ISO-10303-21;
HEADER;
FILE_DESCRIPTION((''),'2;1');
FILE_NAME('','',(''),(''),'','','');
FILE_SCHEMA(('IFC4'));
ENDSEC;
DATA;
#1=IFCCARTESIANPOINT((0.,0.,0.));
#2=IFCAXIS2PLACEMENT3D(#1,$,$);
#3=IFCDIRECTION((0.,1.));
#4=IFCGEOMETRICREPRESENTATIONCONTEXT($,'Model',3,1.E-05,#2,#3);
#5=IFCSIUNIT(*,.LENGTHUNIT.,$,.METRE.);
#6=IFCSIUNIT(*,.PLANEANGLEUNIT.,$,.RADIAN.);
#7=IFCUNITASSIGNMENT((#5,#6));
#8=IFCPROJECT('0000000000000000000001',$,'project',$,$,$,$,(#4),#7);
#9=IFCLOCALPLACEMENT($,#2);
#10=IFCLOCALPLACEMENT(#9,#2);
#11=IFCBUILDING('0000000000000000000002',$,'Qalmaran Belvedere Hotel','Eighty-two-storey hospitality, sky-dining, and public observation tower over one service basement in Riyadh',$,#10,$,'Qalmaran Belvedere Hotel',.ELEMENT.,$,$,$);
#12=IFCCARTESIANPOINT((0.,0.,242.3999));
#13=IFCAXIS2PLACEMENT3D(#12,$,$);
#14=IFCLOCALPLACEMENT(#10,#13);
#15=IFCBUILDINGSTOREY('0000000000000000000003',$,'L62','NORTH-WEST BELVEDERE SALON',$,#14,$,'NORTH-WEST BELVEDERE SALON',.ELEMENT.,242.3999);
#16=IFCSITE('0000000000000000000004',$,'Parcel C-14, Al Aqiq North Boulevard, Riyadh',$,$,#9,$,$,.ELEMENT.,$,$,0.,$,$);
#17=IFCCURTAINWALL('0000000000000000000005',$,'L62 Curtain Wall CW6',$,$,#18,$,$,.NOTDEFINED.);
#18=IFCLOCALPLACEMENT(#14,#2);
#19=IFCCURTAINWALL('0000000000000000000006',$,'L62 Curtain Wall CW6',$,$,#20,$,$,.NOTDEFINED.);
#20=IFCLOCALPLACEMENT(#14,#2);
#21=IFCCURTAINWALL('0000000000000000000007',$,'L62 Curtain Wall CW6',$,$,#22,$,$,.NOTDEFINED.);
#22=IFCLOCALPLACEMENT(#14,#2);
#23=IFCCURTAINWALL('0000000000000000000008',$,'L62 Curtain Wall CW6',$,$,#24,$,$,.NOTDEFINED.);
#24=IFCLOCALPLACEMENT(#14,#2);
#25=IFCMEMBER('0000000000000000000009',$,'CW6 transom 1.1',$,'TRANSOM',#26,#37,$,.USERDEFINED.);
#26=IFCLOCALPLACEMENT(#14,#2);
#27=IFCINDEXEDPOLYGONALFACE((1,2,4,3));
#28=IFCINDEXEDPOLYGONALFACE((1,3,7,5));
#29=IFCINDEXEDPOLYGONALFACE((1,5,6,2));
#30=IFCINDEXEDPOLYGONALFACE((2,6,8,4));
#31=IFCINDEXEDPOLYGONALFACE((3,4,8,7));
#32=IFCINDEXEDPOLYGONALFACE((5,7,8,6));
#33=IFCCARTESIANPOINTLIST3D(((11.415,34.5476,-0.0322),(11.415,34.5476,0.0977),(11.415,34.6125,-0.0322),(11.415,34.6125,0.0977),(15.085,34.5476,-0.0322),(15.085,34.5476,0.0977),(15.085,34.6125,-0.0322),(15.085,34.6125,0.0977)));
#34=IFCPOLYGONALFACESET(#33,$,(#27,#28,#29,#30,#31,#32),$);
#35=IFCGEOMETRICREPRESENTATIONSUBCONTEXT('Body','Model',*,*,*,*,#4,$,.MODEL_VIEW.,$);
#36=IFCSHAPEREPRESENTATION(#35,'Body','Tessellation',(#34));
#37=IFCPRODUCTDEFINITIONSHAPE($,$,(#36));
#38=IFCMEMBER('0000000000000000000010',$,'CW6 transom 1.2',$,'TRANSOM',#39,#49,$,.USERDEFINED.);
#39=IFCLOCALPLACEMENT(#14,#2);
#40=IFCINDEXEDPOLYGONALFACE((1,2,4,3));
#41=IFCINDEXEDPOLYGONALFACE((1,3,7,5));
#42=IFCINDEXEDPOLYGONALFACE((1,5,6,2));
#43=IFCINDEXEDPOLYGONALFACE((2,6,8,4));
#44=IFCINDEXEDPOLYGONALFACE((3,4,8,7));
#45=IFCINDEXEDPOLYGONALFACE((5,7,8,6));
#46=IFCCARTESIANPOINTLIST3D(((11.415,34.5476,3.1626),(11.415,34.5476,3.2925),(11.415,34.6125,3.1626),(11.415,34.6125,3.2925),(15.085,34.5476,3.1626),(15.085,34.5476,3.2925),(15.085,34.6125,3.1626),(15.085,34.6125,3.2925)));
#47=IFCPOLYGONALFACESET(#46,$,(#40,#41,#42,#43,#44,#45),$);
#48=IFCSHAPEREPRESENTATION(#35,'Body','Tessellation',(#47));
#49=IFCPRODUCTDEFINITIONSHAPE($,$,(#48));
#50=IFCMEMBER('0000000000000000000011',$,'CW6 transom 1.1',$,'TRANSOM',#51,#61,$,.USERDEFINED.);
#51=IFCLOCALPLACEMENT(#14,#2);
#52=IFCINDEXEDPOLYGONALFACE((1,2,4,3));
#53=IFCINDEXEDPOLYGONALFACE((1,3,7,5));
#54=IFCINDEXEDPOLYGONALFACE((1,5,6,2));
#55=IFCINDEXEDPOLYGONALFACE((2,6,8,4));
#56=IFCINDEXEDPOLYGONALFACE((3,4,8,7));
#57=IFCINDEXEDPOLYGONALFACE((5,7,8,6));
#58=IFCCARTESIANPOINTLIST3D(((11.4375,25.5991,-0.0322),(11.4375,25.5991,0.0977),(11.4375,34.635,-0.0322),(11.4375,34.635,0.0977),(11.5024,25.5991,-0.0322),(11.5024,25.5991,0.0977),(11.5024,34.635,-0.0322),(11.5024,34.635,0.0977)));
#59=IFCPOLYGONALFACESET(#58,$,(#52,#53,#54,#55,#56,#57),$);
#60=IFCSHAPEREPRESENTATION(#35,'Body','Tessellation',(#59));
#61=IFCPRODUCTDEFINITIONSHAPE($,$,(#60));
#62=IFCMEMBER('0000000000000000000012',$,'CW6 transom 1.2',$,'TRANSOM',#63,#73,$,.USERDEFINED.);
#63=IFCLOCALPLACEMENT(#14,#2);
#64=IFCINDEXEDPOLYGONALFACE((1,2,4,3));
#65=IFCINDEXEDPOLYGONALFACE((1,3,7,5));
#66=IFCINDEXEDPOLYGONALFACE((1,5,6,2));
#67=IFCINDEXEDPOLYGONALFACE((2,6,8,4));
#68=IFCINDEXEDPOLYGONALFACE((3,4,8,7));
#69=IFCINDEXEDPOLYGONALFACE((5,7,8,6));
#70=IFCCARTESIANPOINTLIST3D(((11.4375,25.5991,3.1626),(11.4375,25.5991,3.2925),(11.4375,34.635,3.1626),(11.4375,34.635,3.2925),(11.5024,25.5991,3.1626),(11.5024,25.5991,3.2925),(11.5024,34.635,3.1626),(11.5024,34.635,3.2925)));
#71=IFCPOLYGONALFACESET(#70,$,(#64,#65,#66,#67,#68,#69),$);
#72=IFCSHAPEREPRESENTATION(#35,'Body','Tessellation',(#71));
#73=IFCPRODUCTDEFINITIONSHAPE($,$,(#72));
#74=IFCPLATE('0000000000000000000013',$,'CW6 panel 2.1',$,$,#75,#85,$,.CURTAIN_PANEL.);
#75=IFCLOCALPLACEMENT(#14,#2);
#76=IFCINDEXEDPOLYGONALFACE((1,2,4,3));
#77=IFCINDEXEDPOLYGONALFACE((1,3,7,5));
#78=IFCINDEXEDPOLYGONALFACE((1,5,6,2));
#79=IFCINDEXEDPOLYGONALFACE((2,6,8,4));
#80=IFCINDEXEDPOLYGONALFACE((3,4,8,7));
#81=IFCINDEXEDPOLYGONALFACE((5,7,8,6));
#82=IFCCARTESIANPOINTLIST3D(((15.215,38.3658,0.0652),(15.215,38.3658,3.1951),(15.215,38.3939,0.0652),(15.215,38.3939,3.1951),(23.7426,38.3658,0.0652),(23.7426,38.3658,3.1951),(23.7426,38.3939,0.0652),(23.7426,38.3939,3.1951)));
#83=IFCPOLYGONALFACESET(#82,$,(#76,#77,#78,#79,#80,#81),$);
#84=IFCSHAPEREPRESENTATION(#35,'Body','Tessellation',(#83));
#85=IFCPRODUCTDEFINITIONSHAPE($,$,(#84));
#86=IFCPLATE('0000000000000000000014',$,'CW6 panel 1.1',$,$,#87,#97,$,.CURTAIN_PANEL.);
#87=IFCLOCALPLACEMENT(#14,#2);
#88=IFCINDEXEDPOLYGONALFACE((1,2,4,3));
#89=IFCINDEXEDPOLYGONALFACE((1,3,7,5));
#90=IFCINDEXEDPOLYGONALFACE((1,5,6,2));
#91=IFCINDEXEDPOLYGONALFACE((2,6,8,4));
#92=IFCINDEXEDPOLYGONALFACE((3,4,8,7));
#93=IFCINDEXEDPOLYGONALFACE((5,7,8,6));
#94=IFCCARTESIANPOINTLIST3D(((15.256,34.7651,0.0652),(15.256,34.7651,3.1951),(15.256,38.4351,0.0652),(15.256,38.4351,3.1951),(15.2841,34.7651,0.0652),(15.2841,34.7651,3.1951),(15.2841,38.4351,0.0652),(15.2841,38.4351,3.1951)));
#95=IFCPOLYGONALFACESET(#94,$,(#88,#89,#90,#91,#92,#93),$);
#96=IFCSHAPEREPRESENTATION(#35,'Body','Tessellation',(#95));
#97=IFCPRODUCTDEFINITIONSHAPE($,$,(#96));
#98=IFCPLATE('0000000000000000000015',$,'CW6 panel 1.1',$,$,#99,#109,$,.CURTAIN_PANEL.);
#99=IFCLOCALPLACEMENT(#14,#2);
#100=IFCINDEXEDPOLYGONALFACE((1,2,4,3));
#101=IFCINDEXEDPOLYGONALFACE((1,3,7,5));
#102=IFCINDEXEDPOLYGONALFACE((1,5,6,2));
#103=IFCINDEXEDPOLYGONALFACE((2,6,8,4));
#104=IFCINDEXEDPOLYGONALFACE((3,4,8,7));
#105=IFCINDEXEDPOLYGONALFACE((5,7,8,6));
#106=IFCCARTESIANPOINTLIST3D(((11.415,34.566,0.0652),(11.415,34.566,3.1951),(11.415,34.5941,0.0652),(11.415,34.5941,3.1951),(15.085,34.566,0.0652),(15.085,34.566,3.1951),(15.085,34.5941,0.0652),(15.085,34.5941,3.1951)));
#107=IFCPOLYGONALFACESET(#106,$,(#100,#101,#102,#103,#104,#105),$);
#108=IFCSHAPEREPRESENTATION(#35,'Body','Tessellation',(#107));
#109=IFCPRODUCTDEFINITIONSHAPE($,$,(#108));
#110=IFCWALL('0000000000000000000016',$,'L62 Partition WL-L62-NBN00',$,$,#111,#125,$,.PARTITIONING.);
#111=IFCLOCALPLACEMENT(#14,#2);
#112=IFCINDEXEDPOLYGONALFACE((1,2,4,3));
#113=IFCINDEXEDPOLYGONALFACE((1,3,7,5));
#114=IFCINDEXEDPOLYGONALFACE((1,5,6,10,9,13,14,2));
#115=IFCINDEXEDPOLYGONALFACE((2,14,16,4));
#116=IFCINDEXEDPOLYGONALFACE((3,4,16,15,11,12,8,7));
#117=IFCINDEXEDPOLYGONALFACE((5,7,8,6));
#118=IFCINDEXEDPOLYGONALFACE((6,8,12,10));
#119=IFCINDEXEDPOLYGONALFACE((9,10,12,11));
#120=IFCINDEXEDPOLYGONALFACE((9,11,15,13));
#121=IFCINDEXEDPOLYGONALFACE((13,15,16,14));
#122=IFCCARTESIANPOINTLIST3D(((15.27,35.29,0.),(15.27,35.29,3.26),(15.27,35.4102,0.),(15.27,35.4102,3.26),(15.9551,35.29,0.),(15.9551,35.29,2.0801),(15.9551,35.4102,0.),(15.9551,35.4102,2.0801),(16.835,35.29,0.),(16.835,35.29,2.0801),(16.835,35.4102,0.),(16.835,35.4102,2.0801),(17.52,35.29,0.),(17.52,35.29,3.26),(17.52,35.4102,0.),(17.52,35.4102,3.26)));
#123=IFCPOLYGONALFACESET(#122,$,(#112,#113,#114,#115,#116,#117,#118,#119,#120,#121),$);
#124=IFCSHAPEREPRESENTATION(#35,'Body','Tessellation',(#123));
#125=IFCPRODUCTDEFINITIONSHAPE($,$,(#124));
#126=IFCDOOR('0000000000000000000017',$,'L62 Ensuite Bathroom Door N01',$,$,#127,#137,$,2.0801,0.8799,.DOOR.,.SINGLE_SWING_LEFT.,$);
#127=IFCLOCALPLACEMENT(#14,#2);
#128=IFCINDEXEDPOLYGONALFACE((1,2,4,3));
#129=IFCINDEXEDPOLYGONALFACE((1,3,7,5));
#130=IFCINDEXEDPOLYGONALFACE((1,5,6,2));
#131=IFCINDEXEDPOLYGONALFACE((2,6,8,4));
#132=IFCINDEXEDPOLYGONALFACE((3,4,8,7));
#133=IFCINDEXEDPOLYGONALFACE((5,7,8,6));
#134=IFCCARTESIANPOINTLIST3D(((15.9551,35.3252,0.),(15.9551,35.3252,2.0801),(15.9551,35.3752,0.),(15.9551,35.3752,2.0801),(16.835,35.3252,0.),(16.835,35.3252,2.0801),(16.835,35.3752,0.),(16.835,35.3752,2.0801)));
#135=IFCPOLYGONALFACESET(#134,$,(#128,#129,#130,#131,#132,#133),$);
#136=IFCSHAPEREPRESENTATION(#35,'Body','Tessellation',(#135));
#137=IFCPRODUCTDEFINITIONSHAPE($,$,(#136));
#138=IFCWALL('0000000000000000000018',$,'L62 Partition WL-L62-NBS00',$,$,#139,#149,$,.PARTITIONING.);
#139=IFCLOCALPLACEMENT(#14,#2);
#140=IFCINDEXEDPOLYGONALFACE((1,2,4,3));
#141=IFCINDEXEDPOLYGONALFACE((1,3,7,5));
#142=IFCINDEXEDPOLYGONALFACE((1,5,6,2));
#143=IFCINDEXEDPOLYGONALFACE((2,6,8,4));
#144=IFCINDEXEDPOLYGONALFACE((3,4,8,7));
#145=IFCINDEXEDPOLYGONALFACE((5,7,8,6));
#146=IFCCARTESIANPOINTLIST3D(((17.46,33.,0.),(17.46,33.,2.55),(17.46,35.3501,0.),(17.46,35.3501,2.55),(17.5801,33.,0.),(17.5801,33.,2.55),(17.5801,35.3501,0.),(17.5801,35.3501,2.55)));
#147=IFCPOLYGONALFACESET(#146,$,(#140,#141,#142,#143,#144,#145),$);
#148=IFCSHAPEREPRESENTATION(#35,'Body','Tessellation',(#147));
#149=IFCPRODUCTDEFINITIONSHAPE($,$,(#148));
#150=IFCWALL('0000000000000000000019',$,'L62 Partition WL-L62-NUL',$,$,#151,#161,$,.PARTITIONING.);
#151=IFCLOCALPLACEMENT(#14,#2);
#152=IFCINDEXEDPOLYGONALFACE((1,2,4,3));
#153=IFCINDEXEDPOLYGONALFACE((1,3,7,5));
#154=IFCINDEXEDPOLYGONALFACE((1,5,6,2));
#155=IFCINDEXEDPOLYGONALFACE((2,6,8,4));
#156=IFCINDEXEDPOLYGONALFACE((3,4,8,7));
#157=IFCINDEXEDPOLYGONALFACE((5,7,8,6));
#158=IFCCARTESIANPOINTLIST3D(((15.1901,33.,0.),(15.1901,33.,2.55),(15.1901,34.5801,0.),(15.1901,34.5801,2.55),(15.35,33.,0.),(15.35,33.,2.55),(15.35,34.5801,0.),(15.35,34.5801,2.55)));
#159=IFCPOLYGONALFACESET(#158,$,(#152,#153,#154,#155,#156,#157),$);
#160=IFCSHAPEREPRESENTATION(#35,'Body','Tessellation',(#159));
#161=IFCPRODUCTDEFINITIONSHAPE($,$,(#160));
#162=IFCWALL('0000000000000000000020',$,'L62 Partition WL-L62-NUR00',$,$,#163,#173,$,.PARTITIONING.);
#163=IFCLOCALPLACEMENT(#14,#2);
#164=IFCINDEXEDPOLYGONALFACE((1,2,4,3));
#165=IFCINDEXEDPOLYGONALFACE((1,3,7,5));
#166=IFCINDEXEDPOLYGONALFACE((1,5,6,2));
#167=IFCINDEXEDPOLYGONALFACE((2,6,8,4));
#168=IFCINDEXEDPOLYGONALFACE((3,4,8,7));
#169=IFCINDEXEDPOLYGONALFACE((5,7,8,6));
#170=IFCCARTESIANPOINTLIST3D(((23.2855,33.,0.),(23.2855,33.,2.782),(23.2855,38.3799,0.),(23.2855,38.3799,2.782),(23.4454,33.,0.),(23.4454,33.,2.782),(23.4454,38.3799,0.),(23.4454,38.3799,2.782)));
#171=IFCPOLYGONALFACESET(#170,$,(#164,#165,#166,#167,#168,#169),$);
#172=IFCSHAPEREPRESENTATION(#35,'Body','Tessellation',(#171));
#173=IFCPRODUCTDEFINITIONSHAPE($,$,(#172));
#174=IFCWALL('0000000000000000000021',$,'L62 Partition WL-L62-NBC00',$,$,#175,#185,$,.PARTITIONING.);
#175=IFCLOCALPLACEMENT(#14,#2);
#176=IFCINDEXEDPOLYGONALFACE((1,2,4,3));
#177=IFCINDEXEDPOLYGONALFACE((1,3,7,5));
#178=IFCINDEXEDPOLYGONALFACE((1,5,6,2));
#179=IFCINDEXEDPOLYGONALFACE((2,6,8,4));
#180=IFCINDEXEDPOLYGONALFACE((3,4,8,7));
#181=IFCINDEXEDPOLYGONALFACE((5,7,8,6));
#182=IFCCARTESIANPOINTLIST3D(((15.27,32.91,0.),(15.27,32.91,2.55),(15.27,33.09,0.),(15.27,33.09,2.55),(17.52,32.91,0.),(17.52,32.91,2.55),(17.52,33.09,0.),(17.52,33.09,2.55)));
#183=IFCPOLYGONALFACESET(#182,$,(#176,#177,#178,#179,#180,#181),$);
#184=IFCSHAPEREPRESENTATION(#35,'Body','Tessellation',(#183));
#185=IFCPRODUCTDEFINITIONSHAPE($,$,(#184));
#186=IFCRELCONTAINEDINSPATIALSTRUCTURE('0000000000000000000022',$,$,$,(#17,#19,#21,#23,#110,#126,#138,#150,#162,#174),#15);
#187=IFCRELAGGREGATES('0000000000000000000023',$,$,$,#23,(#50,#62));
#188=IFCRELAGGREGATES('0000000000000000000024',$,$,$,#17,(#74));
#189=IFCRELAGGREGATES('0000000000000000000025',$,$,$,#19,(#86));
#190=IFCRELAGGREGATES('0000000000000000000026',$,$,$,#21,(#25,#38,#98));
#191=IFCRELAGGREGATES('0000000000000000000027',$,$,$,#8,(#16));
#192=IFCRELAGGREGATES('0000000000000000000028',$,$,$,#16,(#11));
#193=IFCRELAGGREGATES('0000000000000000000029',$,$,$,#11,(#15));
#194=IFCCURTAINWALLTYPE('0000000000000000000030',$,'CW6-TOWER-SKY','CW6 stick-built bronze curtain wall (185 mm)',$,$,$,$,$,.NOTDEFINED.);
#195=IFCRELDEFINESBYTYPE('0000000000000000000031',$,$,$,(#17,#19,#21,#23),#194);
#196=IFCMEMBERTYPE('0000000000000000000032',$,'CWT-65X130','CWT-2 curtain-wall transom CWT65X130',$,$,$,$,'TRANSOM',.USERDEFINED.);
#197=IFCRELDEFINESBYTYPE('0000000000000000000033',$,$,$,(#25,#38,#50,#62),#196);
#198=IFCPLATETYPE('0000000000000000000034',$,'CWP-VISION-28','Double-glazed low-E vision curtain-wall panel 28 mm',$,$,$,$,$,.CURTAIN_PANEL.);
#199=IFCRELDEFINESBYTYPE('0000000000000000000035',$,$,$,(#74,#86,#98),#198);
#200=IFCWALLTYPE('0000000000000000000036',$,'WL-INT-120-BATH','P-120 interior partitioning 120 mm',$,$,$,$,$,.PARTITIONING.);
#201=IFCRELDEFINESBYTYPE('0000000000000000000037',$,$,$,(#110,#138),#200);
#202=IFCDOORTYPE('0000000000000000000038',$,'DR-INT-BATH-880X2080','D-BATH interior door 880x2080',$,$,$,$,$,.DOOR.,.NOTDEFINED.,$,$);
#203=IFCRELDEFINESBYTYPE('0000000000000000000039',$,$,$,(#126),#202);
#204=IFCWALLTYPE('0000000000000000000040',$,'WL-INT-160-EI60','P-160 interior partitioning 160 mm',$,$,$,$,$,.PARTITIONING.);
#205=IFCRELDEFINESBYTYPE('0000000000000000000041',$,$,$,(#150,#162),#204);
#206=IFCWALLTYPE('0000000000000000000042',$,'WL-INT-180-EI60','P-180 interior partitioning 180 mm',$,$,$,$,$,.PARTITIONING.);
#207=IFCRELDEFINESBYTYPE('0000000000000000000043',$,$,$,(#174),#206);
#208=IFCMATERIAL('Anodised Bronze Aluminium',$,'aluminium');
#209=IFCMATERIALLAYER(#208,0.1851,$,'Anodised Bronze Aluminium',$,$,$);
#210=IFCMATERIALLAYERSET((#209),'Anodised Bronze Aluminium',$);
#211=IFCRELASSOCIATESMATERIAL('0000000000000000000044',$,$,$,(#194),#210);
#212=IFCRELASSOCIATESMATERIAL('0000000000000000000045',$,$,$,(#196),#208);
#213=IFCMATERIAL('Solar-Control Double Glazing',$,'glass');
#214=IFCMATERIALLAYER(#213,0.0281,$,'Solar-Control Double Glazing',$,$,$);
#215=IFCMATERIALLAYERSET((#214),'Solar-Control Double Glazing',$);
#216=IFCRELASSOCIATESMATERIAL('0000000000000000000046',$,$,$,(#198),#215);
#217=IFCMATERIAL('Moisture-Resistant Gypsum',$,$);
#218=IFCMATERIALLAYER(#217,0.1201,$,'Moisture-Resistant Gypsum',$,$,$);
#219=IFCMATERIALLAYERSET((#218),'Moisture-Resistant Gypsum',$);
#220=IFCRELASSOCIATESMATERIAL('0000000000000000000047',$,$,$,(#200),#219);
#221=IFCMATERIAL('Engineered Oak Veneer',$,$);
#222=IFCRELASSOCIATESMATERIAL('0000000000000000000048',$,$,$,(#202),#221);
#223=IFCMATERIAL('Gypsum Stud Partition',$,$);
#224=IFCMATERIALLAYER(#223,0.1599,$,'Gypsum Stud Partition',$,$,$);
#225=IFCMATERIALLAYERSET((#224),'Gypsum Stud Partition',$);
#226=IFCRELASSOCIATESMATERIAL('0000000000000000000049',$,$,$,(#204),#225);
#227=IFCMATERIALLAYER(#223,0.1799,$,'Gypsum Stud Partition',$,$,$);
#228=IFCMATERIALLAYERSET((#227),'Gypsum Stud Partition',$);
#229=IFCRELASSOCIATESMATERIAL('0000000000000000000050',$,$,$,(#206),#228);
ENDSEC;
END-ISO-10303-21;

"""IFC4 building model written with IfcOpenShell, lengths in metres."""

from ifc_helpers import new_model, si_unit, direction, frame, frame_2d, origin, origin_2d, place, context, subcontext, project, spatial, rectangle, extrude, material, layer, layer_set, material_profile, profile_set, type_object, element, fill, aggregate, save


model = new_model("IFC4")

# Units and contexts
model_context = context("Model", 3, precision=1e-05, world=origin(), true_north=direction((0.0, 1.0)))
body_context = subcontext(model_context, "Body", "Model", "MODEL_VIEW")
ifc_project = project(units=[si_unit("LENGTHUNIT", "METRE"), si_unit("PLANEANGLEUNIT", "RADIAN")], contexts=[model_context])

# Site, building, storey
site_placement = place(None, origin())
site = spatial("IfcSite", under=ifc_project, at=site_placement, Name="Parcel C-14, Al Aqiq North Boulevard, Riyadh", CompositionType="ELEMENT", RefElevation=0.0)
building_placement = place(site_placement, origin())
building = spatial("IfcBuilding", under=site, at=building_placement, Name="Qalmaran Belvedere Hotel", Description="Eighty-two-storey hospitality, sky-dining, and public observation tower over one service basement in Riyadh", LongName="Qalmaran Belvedere Hotel", CompositionType="ELEMENT")
storey_placement = place(building_placement, frame((0.0, 0.0, 242.3999)))
storey = spatial("IfcBuildingStorey", under=building, at=storey_placement, Name="L62", Description="NORTH-WEST BELVEDERE SALON", LongName="NORTH-WEST BELVEDERE SALON", CompositionType="ELEMENT", Elevation=242.3999)

# Curtain walls
ifc_material_1 = material(Name="Anodised Bronze Aluminium", Category="aluminium")
ifc_layer_1 = layer(ifc_material_1, 0.1851, Name="Anodised Bronze Aluminium")
ifc_layer_set_1 = layer_set([ifc_layer_1], Name="Anodised Bronze Aluminium")
curtain_wall_type = type_object("IfcCurtainWallType", Name="CW6-TOWER-SKY", Description="CW6 stick-built bronze curtain wall (185 mm)", PredefinedType="NOTDEFINED", material=ifc_layer_set_1)
curtain_wall_1_placement = place(storey_placement, origin())
curtain_wall_1 = element("IfcCurtainWall", 1, at=curtain_wall_1_placement, inside=storey, type_object=curtain_wall_type, Name="L62 Curtain Wall CW6", PredefinedType="NOTDEFINED")
curtain_wall_2_placement = place(storey_placement, origin())
curtain_wall_2 = element("IfcCurtainWall", 2, at=curtain_wall_2_placement, inside=storey, type_object=curtain_wall_type, Name="L62 Curtain Wall CW6", PredefinedType="NOTDEFINED")
curtain_wall_3_placement = place(storey_placement, origin())
curtain_wall_3 = element("IfcCurtainWall", 3, at=curtain_wall_3_placement, inside=storey, type_object=curtain_wall_type, Name="L62 Curtain Wall CW6", PredefinedType="NOTDEFINED")

# Curtain wall
curtain_wall_4_placement = place(storey_placement, origin())
curtain_wall_4 = element("IfcCurtainWall", 4, at=curtain_wall_4_placement, inside=storey, type_object=curtain_wall_type, Name="L62 Curtain Wall CW6", PredefinedType="NOTDEFINED")

# Members
ifc_material_profile_1 = material_profile(ifc_material_1, rectangle(XDim=0.0649, YDim=0.1299, at=origin_2d()), Name="CWT65X130")
ifc_profile_set_1 = profile_set([ifc_material_profile_1], Name="Anodised Bronze Aluminium")
member_type_1 = type_object("IfcMemberType", Name="CWT-65X130", Description="CWT-2 curtain-wall transom CWT65X130", ElementType="TRANSOM", PredefinedType="USERDEFINED", material=ifc_profile_set_1)
member_1_placement = place(storey_placement, frame((15.085, 34.5801, 0.0327), z_axis=(-1.0, 0.0, 0.0), x_axis=(0.0, -1.0, 0.0)))
member_1 = element("IfcMember", 5, at=member_1_placement, type_object=member_type_1, Name="CW6 transom 1.1", ObjectType="TRANSOM", PredefinedType="USERDEFINED", context=body_context, shape_type="SweptSolid", body=[
    extrude(rectangle(XDim=0.0649, YDim=0.1299, at=origin_2d()), origin(), (0.0, 0.0, 1.0), 3.6699),
])
member_2_placement = place(storey_placement, frame((15.085, 34.5801, 3.2275), z_axis=(-1.0, 0.0, 0.0), x_axis=(0.0, -1.0, 0.0)))
member_2 = element("IfcMember", 6, at=member_2_placement, type_object=member_type_1, Name="CW6 transom 1.2", ObjectType="TRANSOM", PredefinedType="USERDEFINED", context=body_context, shape_type="SweptSolid", body=[
    extrude(rectangle(XDim=0.0649, YDim=0.1299, at=origin_2d()), origin(), (0.0, 0.0, 1.0), 3.6699),
])
member_3_placement = place(storey_placement, frame((11.47, 34.635, 0.0327), z_axis=(0.0, -1.0, 0.0), x_axis=(1.0, 0.0, 0.0)))
member_3 = element("IfcMember", 7, at=member_3_placement, type_object=member_type_1, Name="CW6 transom 1.1", ObjectType="TRANSOM", PredefinedType="USERDEFINED", context=body_context, shape_type="SweptSolid", body=[
    extrude(rectangle(XDim=0.0649, YDim=0.1299, at=origin_2d()), origin(), (0.0, 0.0, 1.0), 9.0359),
])
member_4_placement = place(storey_placement, frame((11.47, 34.635, 3.2275), z_axis=(0.0, -1.0, 0.0), x_axis=(1.0, 0.0, 0.0)))
member_4 = element("IfcMember", 8, at=member_4_placement, type_object=member_type_1, Name="CW6 transom 1.2", ObjectType="TRANSOM", PredefinedType="USERDEFINED", context=body_context, shape_type="SweptSolid", body=[
    extrude(rectangle(XDim=0.0649, YDim=0.1299, at=origin_2d()), origin(), (0.0, 0.0, 1.0), 9.0359),
])
aggregate(curtain_wall_4, [member_3, member_4])

# Plates
ifc_material_2 = material(Name="Solar-Control Double Glazing", Category="glass")
ifc_layer_2 = layer(ifc_material_2, 0.0281, Name="Solar-Control Double Glazing")
ifc_layer_set_2 = layer_set([ifc_layer_2], Name="Solar-Control Double Glazing")
plate_type = type_object("IfcPlateType", Name="CWP-VISION-28", Description="Double-glazed low-E vision curtain-wall panel 28 mm", PredefinedType="CURTAIN_PANEL", material=ifc_layer_set_2)
plate_1_placement = place(storey_placement, frame((19.4788, 38.3799, 0.0652), z_axis=(0.0, 0.0, 1.0), x_axis=(-1.0, 0.0, 0.0)))
plate_1 = element("IfcPlate", 9, at=plate_1_placement, type_object=plate_type, Name="CW6 panel 2.1", PredefinedType="CURTAIN_PANEL", context=body_context, shape_type="SweptSolid", body=[
    extrude(rectangle(XDim=8.5276, YDim=0.0281, at=origin_2d()), origin(), (0.0, 0.0, 1.0), 3.1299),
])
aggregate(curtain_wall_1, [plate_1])
plate_2_placement = place(storey_placement, frame((15.27, 36.6001, 0.0652), z_axis=(0.0, 0.0, 1.0), x_axis=(0.0, -1.0, 0.0)))
plate_2 = element("IfcPlate", 10, at=plate_2_placement, type_object=plate_type, Name="CW6 panel 1.1", PredefinedType="CURTAIN_PANEL", context=body_context, shape_type="SweptSolid", body=[
    extrude(rectangle(XDim=3.6699, YDim=0.0281, at=origin_2d()), origin(), (0.0, 0.0, 1.0), 3.1299),
])
aggregate(curtain_wall_2, [plate_2])
plate_3_placement = place(storey_placement, frame((13.25, 34.5801, 0.0652), z_axis=(0.0, 0.0, 1.0), x_axis=(-1.0, 0.0, 0.0)))
plate_3 = element("IfcPlate", 11, at=plate_3_placement, type_object=plate_type, Name="CW6 panel 1.1", PredefinedType="CURTAIN_PANEL", context=body_context, shape_type="SweptSolid", body=[
    extrude(rectangle(XDim=3.6699, YDim=0.0281, at=origin_2d()), origin(), (0.0, 0.0, 1.0), 3.1299),
])
aggregate(curtain_wall_3, [member_1, member_2, plate_3])

# Wall, opening, door
ifc_material_3 = material(Name="Moisture-Resistant Gypsum")
ifc_layer_3 = layer(ifc_material_3, 0.1201, Name="Moisture-Resistant Gypsum")
ifc_layer_set_3 = layer_set([ifc_layer_3], Name="Moisture-Resistant Gypsum")
wall_type_1 = type_object("IfcWallType", Name="WL-INT-120-BATH", Description="P-120 interior partitioning 120 mm", PredefinedType="PARTITIONING", material=ifc_layer_set_3)
wall_1_placement = place(storey_placement, frame((15.27, 35.3501, 0.0), z_axis=(0.0, 0.0, 1.0), x_axis=(1.0, 0.0, 0.0)))
wall_1 = element("IfcWall", 12, at=wall_1_placement, inside=storey, type_object=wall_type_1, Name="L62 Partition WL-L62-NBN00", PredefinedType="PARTITIONING", context=body_context, shape_type="SweptSolid", body=[
    extrude(rectangle(XDim=2.25, YDim=0.1201, at=frame_2d((1.125, 0.0))), origin(), (0.0, 0.0, 1.0), 3.26),
])
opening_1_placement = place(wall_1_placement, frame((1.5649, 0.0, 0.0), z_axis=(0.0, 0.0, 1.0), x_axis=(-1.0, 0.0, 0.0)))
opening_1 = element("IfcOpeningElement", 13, at=opening_1_placement, cuts=wall_1, PredefinedType="OPENING", context=body_context, shape_type="SweptSolid", body=[
    extrude(rectangle(XDim=0.8799, YDim=2.0801, at=frame_2d((0.4399, 1.04))), frame((0.0, 0.0701, 0.0), z_axis=(0.0, -1.0, 0.0), x_axis=(1.0, 0.0, 0.0)), (0.0, 0.0, 1.0), 0.1401),
])
ifc_material_4 = material(Name="Engineered Oak Veneer")
door_type_1 = type_object("IfcDoorType", Name="DR-INT-BATH-880X2080", Description="D-BATH interior door 880x2080", OperationType="NOTDEFINED", PredefinedType="DOOR", material=ifc_material_4)
door_1_placement = place(opening_1_placement, origin())
door_1 = element("IfcDoor", 14, at=door_1_placement, inside=storey, type_object=door_type_1, Name="L62 Ensuite Bathroom Door N01", OperationType="SINGLE_SWING_LEFT", OverallHeight=2.0801, OverallWidth=0.8799, PredefinedType="DOOR", context=body_context, shape_type="SweptSolid", body=[
    extrude(rectangle(XDim=0.8799, YDim=2.0801, at=frame_2d((0.4399, 1.04))), frame((0.0, 0.0249, 0.0), z_axis=(0.0, -1.0, 0.0), x_axis=(1.0, 0.0, 0.0)), (0.0, 0.0, 1.0), 0.05),
])
fill(opening_1, door_1)

# Walls
wall_2_placement = place(storey_placement, frame((17.52, 33.0, 0.0), z_axis=(0.0, 0.0, 1.0), x_axis=(0.0, 1.0, 0.0)))
element("IfcWall", 15, at=wall_2_placement, inside=storey, type_object=wall_type_1, Name="L62 Partition WL-L62-NBS00", PredefinedType="PARTITIONING", context=body_context, shape_type="SweptSolid", body=[
    extrude(rectangle(XDim=2.3501, YDim=0.1201, at=frame_2d((1.175, 0.0))), origin(), (0.0, 0.0, 1.0), 2.55),
])
ifc_material_5 = material(Name="Gypsum Stud Partition")
ifc_layer_4 = layer(ifc_material_5, 0.1599, Name="Gypsum Stud Partition")
ifc_layer_set_4 = layer_set([ifc_layer_4], Name="Gypsum Stud Partition")
wall_type_2 = type_object("IfcWallType", Name="WL-INT-160-EI60", Description="P-160 interior partitioning 160 mm", PredefinedType="PARTITIONING", material=ifc_layer_set_4)
wall_3_placement = place(storey_placement, frame((15.27, 33.0, 0.0), z_axis=(0.0, 0.0, 1.0), x_axis=(0.0, 1.0, 0.0)))
element("IfcWall", 16, at=wall_3_placement, inside=storey, type_object=wall_type_2, Name="L62 Partition WL-L62-NUL", PredefinedType="PARTITIONING", context=body_context, shape_type="SweptSolid", body=[
    extrude(rectangle(XDim=1.5801, YDim=0.1599, at=frame_2d((0.79, 0.0))), origin(), (0.0, 0.0, 1.0), 2.55),
])
wall_4_placement = place(storey_placement, frame((23.3655, 33.0, 0.0), z_axis=(0.0, 0.0, 1.0), x_axis=(0.0, 1.0, 0.0)))
element("IfcWall", 17, at=wall_4_placement, inside=storey, type_object=wall_type_2, Name="L62 Partition WL-L62-NUR00", PredefinedType="PARTITIONING", context=body_context, shape_type="SweptSolid", body=[
    extrude(rectangle(XDim=5.3799, YDim=0.1599, at=frame_2d((2.6899, 0.0))), origin(), (0.0, 0.0, 1.0), 2.782),
])
ifc_layer_5 = layer(ifc_material_5, 0.1799, Name="Gypsum Stud Partition")
ifc_layer_set_5 = layer_set([ifc_layer_5], Name="Gypsum Stud Partition")
wall_type_3 = type_object("IfcWallType", Name="WL-INT-180-EI60", Description="P-180 interior partitioning 180 mm", PredefinedType="PARTITIONING", material=ifc_layer_set_5)
wall_5_placement = place(storey_placement, frame((15.27, 33.0, 0.0), z_axis=(0.0, 0.0, 1.0), x_axis=(1.0, 0.0, 0.0)))
element("IfcWall", 18, at=wall_5_placement, inside=storey, type_object=wall_type_3, Name="L62 Partition WL-L62-NBC00", PredefinedType="PARTITIONING", context=body_context, shape_type="SweptSolid", body=[
    extrude(rectangle(XDim=2.25, YDim=0.1799, at=frame_2d((1.125, 0.0))), origin(), (0.0, 0.0, 1.0), 2.55),
])

save(model, "model.ifc")
